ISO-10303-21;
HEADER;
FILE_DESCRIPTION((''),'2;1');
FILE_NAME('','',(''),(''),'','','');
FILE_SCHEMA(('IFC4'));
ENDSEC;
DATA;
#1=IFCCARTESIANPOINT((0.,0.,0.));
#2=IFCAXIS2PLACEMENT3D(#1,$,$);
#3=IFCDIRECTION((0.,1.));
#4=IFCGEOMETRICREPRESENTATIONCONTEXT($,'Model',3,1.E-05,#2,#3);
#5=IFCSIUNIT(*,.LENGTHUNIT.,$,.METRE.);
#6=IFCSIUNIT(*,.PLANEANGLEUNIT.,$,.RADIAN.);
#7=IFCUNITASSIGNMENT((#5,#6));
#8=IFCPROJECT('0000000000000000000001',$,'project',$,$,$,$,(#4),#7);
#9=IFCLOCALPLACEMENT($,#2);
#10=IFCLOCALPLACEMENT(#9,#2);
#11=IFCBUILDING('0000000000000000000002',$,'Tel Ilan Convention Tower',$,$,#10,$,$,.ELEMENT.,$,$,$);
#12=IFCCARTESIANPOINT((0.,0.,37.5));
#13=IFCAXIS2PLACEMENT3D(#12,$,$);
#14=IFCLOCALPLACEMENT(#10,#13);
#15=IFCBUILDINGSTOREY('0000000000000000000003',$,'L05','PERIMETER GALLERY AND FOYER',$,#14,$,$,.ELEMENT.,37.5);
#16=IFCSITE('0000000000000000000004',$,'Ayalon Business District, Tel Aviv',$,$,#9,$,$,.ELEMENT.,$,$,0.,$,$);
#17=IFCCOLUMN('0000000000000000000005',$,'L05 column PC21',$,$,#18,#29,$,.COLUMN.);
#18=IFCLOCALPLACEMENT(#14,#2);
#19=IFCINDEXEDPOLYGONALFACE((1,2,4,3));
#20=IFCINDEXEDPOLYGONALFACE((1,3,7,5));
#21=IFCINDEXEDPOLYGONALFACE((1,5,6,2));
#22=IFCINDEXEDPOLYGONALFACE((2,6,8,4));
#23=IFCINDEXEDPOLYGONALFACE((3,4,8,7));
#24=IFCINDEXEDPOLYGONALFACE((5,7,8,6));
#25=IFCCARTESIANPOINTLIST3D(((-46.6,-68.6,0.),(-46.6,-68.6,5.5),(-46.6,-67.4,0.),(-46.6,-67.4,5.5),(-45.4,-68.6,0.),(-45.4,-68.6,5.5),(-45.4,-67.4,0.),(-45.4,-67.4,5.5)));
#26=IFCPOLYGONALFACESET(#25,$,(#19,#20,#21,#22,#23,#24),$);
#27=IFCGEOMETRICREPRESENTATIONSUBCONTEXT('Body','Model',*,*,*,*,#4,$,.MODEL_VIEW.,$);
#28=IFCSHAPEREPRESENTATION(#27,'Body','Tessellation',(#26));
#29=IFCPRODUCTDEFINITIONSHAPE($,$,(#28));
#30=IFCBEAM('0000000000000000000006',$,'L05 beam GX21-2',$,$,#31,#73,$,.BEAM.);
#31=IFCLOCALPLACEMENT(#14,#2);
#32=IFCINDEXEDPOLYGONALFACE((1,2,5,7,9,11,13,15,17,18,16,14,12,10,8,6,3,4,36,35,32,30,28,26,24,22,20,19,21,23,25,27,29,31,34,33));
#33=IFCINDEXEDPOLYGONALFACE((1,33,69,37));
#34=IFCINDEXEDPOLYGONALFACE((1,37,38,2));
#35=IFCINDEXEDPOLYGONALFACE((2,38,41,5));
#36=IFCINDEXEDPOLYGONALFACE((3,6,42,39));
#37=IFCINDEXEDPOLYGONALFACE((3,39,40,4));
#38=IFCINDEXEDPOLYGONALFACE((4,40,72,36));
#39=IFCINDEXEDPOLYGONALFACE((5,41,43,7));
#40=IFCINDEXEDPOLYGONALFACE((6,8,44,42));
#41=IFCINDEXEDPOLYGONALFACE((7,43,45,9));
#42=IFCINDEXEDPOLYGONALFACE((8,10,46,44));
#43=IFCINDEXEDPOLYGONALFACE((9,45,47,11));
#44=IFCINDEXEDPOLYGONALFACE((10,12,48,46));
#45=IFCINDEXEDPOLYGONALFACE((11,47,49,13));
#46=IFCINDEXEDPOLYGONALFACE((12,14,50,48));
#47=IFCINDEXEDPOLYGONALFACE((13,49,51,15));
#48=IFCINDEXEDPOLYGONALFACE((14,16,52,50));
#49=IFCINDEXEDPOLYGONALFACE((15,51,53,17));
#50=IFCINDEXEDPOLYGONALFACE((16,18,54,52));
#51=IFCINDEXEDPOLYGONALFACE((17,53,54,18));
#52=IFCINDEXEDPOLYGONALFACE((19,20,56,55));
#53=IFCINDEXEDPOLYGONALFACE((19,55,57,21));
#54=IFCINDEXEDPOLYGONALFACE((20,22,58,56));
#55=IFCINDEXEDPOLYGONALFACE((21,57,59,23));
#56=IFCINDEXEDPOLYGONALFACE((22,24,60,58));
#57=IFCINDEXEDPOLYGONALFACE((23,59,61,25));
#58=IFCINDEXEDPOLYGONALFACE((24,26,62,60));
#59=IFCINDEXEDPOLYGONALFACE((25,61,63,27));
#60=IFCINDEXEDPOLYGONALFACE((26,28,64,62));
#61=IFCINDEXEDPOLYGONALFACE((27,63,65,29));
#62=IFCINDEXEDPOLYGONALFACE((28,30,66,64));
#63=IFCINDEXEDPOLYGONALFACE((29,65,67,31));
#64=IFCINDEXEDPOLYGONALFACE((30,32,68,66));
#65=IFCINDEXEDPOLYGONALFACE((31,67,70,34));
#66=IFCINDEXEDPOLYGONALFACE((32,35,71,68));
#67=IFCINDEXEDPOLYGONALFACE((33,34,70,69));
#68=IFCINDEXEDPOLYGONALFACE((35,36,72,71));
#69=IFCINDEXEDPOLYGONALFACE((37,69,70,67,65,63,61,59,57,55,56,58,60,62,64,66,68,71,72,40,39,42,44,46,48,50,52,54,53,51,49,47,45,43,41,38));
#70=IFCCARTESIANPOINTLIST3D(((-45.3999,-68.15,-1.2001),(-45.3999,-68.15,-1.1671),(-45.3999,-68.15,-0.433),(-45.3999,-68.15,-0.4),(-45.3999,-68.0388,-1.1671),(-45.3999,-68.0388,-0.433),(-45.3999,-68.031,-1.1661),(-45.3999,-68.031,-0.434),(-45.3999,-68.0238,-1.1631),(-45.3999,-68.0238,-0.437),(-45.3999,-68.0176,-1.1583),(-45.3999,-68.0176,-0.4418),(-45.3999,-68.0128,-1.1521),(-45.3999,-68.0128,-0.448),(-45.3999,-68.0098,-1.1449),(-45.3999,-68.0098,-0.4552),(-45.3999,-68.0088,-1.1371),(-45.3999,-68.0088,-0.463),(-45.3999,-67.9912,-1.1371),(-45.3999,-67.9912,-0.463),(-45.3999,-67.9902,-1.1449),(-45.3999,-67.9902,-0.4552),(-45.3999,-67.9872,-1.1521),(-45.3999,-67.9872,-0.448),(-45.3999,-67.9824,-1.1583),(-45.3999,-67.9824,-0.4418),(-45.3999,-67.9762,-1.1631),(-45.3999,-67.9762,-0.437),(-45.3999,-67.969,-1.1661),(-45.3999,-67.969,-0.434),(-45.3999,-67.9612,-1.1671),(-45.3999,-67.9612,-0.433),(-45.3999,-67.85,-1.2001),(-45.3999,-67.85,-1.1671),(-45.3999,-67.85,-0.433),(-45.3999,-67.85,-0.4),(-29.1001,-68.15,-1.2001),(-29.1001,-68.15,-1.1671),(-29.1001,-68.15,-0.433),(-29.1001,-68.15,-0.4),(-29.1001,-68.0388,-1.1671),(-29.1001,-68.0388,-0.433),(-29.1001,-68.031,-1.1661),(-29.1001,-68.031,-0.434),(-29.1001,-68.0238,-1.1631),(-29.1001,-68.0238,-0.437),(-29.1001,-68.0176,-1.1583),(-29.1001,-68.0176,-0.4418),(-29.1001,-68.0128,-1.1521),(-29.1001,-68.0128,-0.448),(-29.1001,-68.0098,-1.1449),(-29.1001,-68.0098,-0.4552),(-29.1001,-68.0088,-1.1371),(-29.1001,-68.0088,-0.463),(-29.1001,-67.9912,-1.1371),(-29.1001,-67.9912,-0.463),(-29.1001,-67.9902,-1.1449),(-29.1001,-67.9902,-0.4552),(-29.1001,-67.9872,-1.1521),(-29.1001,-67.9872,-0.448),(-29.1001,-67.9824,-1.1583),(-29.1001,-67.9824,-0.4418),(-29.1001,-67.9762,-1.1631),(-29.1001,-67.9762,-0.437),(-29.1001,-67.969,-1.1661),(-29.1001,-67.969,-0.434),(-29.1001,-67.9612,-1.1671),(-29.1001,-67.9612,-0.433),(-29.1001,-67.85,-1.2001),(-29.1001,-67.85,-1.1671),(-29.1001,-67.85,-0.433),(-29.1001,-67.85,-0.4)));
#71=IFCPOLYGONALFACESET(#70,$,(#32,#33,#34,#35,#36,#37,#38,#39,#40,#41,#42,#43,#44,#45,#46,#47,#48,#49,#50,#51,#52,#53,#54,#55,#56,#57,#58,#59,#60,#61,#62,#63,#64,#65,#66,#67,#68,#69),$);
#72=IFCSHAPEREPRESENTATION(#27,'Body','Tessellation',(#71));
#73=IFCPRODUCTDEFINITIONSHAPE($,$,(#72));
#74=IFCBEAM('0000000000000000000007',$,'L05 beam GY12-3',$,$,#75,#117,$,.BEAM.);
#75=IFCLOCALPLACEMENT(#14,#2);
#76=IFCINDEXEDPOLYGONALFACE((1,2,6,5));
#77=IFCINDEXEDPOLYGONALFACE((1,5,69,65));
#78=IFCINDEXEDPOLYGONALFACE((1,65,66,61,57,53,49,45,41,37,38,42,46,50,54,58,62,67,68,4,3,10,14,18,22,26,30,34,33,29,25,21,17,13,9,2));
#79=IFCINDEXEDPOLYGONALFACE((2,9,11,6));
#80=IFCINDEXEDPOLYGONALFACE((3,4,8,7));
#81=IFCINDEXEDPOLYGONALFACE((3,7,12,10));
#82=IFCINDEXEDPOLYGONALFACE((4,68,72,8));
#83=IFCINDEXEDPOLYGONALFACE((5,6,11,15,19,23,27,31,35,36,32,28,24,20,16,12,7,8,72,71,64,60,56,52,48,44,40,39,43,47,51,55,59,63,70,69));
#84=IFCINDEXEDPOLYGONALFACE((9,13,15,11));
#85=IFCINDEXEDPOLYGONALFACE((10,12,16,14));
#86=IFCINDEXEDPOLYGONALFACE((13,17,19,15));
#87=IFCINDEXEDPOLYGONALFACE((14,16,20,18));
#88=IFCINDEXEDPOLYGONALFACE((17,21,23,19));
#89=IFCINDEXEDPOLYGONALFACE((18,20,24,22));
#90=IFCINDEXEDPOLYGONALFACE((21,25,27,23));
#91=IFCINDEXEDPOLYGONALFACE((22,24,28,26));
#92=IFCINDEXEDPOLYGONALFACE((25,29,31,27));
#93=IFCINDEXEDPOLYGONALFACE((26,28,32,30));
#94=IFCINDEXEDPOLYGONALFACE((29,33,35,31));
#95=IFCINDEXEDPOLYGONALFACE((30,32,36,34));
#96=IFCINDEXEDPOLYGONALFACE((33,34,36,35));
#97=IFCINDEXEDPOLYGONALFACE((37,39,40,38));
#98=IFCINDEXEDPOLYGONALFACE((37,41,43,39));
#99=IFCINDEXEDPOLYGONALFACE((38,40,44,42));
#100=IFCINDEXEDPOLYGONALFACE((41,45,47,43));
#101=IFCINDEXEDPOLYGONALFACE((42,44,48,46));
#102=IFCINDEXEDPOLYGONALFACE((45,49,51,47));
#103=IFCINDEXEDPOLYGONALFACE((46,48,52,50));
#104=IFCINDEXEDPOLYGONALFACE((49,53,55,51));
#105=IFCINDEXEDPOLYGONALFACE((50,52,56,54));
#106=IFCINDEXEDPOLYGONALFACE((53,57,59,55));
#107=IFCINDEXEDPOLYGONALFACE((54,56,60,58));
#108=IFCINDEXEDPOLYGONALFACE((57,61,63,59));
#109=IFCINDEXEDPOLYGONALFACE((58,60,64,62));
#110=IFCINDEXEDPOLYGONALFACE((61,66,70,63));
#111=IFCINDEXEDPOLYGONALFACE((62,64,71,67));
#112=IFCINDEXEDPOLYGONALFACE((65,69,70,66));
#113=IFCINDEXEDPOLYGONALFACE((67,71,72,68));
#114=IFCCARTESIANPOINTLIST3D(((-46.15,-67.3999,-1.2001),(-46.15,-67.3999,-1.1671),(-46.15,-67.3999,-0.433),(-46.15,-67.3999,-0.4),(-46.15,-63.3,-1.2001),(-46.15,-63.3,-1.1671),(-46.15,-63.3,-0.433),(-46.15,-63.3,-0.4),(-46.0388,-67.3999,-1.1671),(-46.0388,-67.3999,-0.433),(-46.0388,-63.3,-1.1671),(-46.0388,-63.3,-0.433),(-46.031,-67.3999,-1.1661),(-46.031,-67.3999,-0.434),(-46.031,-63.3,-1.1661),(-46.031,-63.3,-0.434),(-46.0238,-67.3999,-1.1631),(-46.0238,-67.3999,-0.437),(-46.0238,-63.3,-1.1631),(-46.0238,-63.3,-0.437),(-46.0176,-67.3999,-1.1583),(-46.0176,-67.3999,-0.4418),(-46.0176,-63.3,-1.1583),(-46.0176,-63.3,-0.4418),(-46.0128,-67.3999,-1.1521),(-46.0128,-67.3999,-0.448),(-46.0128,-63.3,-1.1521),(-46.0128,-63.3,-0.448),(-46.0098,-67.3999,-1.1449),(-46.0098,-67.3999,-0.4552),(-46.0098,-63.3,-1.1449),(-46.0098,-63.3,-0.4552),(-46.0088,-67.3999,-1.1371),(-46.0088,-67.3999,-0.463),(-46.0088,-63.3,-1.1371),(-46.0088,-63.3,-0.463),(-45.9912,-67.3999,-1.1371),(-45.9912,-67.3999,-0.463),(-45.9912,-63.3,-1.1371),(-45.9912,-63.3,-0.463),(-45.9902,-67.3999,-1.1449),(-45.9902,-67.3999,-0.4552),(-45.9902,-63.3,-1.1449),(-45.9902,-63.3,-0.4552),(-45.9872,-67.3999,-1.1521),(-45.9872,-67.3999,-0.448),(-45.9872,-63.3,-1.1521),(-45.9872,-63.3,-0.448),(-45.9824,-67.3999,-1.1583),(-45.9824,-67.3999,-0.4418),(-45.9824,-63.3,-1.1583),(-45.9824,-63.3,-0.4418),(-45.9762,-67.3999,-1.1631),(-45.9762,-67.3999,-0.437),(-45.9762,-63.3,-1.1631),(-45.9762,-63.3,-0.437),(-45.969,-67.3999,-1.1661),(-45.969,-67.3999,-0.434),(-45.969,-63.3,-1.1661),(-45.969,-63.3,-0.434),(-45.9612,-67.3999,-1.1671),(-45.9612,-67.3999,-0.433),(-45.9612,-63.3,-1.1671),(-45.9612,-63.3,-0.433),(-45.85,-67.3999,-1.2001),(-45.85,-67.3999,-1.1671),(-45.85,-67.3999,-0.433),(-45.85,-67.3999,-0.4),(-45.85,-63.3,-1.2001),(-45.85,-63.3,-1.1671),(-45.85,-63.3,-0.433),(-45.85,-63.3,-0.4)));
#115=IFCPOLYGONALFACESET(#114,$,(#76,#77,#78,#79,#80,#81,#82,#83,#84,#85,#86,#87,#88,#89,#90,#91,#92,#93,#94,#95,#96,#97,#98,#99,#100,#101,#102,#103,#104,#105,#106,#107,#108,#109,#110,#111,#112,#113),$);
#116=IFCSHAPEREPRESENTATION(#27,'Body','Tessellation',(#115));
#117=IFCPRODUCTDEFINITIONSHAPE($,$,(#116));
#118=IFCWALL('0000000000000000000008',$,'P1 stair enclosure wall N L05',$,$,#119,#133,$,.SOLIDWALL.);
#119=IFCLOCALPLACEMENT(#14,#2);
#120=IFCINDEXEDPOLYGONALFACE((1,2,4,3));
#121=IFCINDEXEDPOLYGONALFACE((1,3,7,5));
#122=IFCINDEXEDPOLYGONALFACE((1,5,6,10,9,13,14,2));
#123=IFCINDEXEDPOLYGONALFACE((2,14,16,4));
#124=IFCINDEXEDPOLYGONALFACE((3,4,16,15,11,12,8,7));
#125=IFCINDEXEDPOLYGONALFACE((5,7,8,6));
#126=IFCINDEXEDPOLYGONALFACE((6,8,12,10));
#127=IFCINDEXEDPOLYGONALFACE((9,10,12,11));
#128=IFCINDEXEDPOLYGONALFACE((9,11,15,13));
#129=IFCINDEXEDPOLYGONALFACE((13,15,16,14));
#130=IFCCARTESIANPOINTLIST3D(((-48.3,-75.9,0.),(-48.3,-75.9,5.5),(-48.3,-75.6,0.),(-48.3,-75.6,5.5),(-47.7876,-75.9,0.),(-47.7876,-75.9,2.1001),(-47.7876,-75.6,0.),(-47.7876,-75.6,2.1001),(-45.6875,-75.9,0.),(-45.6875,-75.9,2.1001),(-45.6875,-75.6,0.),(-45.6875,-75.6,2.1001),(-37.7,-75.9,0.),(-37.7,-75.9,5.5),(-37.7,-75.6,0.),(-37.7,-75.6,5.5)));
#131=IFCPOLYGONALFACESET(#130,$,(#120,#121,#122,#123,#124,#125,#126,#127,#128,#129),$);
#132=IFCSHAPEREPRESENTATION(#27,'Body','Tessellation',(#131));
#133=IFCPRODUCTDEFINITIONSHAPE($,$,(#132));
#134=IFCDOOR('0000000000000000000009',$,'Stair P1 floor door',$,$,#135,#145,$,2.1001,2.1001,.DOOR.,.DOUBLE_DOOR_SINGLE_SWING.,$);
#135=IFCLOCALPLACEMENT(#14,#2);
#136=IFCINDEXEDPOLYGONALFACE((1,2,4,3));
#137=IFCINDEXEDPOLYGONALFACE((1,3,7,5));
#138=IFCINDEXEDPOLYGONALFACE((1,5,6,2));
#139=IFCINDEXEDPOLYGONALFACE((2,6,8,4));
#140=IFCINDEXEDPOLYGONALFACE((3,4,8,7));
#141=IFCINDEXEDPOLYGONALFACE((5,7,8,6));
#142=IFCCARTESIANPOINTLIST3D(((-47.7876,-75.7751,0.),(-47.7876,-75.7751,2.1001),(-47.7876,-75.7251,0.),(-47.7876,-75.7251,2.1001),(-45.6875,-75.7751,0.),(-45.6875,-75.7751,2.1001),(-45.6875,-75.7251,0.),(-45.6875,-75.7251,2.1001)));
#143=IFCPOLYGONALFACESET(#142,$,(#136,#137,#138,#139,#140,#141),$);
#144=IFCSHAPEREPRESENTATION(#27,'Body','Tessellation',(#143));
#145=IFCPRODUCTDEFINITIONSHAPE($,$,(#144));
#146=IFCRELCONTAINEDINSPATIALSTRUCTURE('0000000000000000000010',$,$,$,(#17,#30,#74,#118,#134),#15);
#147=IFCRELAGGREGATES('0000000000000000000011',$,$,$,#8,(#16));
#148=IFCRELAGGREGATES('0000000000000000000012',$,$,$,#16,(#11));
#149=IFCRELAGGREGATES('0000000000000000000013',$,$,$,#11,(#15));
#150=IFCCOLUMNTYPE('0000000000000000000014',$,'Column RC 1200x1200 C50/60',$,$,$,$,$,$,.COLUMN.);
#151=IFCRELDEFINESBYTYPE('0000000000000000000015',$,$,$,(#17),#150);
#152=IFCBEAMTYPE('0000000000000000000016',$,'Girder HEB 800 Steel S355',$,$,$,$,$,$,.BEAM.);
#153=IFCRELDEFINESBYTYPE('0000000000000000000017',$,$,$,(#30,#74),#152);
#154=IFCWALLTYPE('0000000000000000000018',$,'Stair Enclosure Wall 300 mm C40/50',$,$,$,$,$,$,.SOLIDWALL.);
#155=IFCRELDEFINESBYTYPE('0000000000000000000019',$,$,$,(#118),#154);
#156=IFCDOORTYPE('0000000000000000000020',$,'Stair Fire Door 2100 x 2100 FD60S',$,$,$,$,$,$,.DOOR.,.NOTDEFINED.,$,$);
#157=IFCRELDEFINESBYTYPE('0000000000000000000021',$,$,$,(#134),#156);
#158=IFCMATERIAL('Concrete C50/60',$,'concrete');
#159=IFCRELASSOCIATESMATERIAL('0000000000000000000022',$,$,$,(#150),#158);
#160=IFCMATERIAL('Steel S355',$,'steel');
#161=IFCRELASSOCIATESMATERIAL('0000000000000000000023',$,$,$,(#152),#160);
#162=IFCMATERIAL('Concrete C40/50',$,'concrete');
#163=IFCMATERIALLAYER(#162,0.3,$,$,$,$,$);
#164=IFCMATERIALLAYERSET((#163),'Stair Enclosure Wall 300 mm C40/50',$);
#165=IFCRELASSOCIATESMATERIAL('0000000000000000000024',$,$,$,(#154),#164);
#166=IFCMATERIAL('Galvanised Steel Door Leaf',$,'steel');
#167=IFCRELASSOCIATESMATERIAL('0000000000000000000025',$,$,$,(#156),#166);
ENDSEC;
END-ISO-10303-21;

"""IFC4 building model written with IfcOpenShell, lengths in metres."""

from ifc_helpers import new_model, si_unit, direction, frame, frame_2d, origin, origin_2d, place, context, subcontext, project, spatial, rectangle, i_section, extrude, material, layer, layer_set, material_profile, profile_set, type_object, element, fill, save


model = new_model("IFC4")

# Units and contexts
model_context = context("Model", 3, precision=1e-05, world=origin(), true_north=direction((0.0, 1.0)))
body_context = subcontext(model_context, "Body", "Model", "MODEL_VIEW")
ifc_project = project(units=[si_unit("LENGTHUNIT", "METRE"), si_unit("PLANEANGLEUNIT", "RADIAN")], contexts=[model_context])

# Site, building, storey
site_placement = place(None, origin())
site = spatial("IfcSite", under=ifc_project, at=site_placement, Name="Ayalon Business District, Tel Aviv", CompositionType="ELEMENT", RefElevation=0.0)
building_placement = place(site_placement, origin())
building = spatial("IfcBuilding", under=site, at=building_placement, Name="Tel Ilan Convention Tower", CompositionType="ELEMENT")
storey_placement = place(building_placement, frame((0.0, 0.0, 37.5)))
storey = spatial("IfcBuildingStorey", under=building, at=storey_placement, Name="L05", Description="PERIMETER GALLERY AND FOYER", CompositionType="ELEMENT", Elevation=37.5)

# Column
ifc_material_1 = material(Name="Concrete C50/60", Category="concrete")
ifc_material_profile_1 = material_profile(ifc_material_1, rectangle(XDim=1.2, YDim=1.2, at=origin_2d()), Name="RC 1200x1200")
ifc_profile_set_1 = profile_set([ifc_material_profile_1], Name="Concrete C50/60")
column_type = type_object("IfcColumnType", Name="Column RC 1200x1200 C50/60", PredefinedType="COLUMN", material=ifc_profile_set_1)
column_placement = place(storey_placement, frame((-46.0, -68.0, 0.0), z_axis=(0.0, 0.0, 1.0), x_axis=(1.0, 0.0, 0.0)))
element("IfcColumn", 1, at=column_placement, inside=storey, type_object=column_type, Name="L05 column PC21", PredefinedType="COLUMN", context=body_context, shape_type="SweptSolid", body=[
    extrude(rectangle(XDim=1.2, YDim=1.2, at=origin_2d()), origin(), (0.0, 0.0, 1.0), 5.5),
])

# Beams
ifc_material_2 = material(Name="Steel S355", Category="steel")
ifc_material_profile_2 = material_profile(ifc_material_2, i_section(OverallWidth=0.3, OverallDepth=0.8, WebThickness=0.0176, FlangeThickness=0.033, FilletRadius=0.03, at=origin_2d()), Name="HEB 800")
ifc_profile_set_2 = profile_set([ifc_material_profile_2], Name="Steel S355")
beam_type = type_object("IfcBeamType", Name="Girder HEB 800 Steel S355", PredefinedType="BEAM", material=ifc_profile_set_2)
beam_1_placement = place(storey_placement, frame((-45.3999, -68.0, -0.8), z_axis=(1.0, 0.0, 0.0), x_axis=(0.0, 1.0, 0.0)))
element("IfcBeam", 2, at=beam_1_placement, inside=storey, type_object=beam_type, Name="L05 beam GX21-2", PredefinedType="BEAM", context=body_context, shape_type="SweptSolid", body=[
    extrude(i_section(OverallWidth=0.3, OverallDepth=0.8, WebThickness=0.0176, FlangeThickness=0.033, FilletRadius=0.03, at=origin_2d()), origin(), (0.0, 0.0, 1.0), 16.2998),
])
beam_2_placement = place(storey_placement, frame((-46.0, -67.3999, -0.8), z_axis=(0.0, 1.0, 0.0), x_axis=(-1.0, 0.0, 0.0)))
element("IfcBeam", 3, at=beam_2_placement, inside=storey, type_object=beam_type, Name="L05 beam GY12-3", PredefinedType="BEAM", context=body_context, shape_type="SweptSolid", body=[
    extrude(i_section(OverallWidth=0.3, OverallDepth=0.8, WebThickness=0.0176, FlangeThickness=0.033, FilletRadius=0.03, at=origin_2d()), origin(), (0.0, 0.0, 1.0), 4.0999),
])

# Wall, opening, door
ifc_material_3 = material(Name="Concrete C40/50", Category="concrete")
ifc_layer = layer(ifc_material_3, 0.3)
ifc_layer_set = layer_set([ifc_layer], Name="Stair Enclosure Wall 300 mm C40/50")
wall_type = type_object("IfcWallType", Name="Stair Enclosure Wall 300 mm C40/50", PredefinedType="SOLIDWALL", material=ifc_layer_set)
wall_placement = place(storey_placement, frame((-48.3, -75.75, 0.0), z_axis=(0.0, 0.0, 1.0), x_axis=(1.0, 0.0, 0.0)))
wall = element("IfcWall", 4, at=wall_placement, inside=storey, type_object=wall_type, Name="P1 stair enclosure wall N L05", PredefinedType="SOLIDWALL", context=body_context, shape_type="SweptSolid", body=[
    extrude(rectangle(XDim=10.6001, YDim=0.3, at=frame_2d((5.3, 0.0))), origin(), (0.0, 0.0, 1.0), 5.5),
])
opening_placement = place(wall_placement, frame((0.5125, 0.0, 0.0)))
opening = element("IfcOpeningElement", 5, at=opening_placement, cuts=wall, PredefinedType="OPENING", context=body_context, shape_type="SweptSolid", body=[
    extrude(rectangle(XDim=2.1001, YDim=2.1001, at=frame_2d((1.05, 1.05))), frame((0.0, 0.1599, 0.0), z_axis=(0.0, -1.0, 0.0), x_axis=(1.0, 0.0, 0.0)), (0.0, 0.0, 1.0), 0.3201),
])
ifc_material_4 = material(Name="Galvanised Steel Door Leaf", Category="steel")
door_type = type_object("IfcDoorType", Name="Stair Fire Door 2100 x 2100 FD60S", OperationType="NOTDEFINED", PredefinedType="DOOR", material=ifc_material_4)
door_placement = place(opening_placement, origin())
door = element("IfcDoor", 6, at=door_placement, inside=storey, type_object=door_type, Name="Stair P1 floor door", OperationType="DOUBLE_DOOR_SINGLE_SWING", OverallHeight=2.1001, OverallWidth=2.1001, PredefinedType="DOOR", context=body_context, shape_type="SweptSolid", body=[
    extrude(rectangle(XDim=2.1001, YDim=2.1001, at=frame_2d((1.05, 1.05))), frame((0.0, 0.0249, 0.0), z_axis=(0.0, -1.0, 0.0), x_axis=(1.0, 0.0, 0.0)), (0.0, 0.0, 1.0), 0.05),
])
fill(opening, door)

save(model, "model.ifc")
